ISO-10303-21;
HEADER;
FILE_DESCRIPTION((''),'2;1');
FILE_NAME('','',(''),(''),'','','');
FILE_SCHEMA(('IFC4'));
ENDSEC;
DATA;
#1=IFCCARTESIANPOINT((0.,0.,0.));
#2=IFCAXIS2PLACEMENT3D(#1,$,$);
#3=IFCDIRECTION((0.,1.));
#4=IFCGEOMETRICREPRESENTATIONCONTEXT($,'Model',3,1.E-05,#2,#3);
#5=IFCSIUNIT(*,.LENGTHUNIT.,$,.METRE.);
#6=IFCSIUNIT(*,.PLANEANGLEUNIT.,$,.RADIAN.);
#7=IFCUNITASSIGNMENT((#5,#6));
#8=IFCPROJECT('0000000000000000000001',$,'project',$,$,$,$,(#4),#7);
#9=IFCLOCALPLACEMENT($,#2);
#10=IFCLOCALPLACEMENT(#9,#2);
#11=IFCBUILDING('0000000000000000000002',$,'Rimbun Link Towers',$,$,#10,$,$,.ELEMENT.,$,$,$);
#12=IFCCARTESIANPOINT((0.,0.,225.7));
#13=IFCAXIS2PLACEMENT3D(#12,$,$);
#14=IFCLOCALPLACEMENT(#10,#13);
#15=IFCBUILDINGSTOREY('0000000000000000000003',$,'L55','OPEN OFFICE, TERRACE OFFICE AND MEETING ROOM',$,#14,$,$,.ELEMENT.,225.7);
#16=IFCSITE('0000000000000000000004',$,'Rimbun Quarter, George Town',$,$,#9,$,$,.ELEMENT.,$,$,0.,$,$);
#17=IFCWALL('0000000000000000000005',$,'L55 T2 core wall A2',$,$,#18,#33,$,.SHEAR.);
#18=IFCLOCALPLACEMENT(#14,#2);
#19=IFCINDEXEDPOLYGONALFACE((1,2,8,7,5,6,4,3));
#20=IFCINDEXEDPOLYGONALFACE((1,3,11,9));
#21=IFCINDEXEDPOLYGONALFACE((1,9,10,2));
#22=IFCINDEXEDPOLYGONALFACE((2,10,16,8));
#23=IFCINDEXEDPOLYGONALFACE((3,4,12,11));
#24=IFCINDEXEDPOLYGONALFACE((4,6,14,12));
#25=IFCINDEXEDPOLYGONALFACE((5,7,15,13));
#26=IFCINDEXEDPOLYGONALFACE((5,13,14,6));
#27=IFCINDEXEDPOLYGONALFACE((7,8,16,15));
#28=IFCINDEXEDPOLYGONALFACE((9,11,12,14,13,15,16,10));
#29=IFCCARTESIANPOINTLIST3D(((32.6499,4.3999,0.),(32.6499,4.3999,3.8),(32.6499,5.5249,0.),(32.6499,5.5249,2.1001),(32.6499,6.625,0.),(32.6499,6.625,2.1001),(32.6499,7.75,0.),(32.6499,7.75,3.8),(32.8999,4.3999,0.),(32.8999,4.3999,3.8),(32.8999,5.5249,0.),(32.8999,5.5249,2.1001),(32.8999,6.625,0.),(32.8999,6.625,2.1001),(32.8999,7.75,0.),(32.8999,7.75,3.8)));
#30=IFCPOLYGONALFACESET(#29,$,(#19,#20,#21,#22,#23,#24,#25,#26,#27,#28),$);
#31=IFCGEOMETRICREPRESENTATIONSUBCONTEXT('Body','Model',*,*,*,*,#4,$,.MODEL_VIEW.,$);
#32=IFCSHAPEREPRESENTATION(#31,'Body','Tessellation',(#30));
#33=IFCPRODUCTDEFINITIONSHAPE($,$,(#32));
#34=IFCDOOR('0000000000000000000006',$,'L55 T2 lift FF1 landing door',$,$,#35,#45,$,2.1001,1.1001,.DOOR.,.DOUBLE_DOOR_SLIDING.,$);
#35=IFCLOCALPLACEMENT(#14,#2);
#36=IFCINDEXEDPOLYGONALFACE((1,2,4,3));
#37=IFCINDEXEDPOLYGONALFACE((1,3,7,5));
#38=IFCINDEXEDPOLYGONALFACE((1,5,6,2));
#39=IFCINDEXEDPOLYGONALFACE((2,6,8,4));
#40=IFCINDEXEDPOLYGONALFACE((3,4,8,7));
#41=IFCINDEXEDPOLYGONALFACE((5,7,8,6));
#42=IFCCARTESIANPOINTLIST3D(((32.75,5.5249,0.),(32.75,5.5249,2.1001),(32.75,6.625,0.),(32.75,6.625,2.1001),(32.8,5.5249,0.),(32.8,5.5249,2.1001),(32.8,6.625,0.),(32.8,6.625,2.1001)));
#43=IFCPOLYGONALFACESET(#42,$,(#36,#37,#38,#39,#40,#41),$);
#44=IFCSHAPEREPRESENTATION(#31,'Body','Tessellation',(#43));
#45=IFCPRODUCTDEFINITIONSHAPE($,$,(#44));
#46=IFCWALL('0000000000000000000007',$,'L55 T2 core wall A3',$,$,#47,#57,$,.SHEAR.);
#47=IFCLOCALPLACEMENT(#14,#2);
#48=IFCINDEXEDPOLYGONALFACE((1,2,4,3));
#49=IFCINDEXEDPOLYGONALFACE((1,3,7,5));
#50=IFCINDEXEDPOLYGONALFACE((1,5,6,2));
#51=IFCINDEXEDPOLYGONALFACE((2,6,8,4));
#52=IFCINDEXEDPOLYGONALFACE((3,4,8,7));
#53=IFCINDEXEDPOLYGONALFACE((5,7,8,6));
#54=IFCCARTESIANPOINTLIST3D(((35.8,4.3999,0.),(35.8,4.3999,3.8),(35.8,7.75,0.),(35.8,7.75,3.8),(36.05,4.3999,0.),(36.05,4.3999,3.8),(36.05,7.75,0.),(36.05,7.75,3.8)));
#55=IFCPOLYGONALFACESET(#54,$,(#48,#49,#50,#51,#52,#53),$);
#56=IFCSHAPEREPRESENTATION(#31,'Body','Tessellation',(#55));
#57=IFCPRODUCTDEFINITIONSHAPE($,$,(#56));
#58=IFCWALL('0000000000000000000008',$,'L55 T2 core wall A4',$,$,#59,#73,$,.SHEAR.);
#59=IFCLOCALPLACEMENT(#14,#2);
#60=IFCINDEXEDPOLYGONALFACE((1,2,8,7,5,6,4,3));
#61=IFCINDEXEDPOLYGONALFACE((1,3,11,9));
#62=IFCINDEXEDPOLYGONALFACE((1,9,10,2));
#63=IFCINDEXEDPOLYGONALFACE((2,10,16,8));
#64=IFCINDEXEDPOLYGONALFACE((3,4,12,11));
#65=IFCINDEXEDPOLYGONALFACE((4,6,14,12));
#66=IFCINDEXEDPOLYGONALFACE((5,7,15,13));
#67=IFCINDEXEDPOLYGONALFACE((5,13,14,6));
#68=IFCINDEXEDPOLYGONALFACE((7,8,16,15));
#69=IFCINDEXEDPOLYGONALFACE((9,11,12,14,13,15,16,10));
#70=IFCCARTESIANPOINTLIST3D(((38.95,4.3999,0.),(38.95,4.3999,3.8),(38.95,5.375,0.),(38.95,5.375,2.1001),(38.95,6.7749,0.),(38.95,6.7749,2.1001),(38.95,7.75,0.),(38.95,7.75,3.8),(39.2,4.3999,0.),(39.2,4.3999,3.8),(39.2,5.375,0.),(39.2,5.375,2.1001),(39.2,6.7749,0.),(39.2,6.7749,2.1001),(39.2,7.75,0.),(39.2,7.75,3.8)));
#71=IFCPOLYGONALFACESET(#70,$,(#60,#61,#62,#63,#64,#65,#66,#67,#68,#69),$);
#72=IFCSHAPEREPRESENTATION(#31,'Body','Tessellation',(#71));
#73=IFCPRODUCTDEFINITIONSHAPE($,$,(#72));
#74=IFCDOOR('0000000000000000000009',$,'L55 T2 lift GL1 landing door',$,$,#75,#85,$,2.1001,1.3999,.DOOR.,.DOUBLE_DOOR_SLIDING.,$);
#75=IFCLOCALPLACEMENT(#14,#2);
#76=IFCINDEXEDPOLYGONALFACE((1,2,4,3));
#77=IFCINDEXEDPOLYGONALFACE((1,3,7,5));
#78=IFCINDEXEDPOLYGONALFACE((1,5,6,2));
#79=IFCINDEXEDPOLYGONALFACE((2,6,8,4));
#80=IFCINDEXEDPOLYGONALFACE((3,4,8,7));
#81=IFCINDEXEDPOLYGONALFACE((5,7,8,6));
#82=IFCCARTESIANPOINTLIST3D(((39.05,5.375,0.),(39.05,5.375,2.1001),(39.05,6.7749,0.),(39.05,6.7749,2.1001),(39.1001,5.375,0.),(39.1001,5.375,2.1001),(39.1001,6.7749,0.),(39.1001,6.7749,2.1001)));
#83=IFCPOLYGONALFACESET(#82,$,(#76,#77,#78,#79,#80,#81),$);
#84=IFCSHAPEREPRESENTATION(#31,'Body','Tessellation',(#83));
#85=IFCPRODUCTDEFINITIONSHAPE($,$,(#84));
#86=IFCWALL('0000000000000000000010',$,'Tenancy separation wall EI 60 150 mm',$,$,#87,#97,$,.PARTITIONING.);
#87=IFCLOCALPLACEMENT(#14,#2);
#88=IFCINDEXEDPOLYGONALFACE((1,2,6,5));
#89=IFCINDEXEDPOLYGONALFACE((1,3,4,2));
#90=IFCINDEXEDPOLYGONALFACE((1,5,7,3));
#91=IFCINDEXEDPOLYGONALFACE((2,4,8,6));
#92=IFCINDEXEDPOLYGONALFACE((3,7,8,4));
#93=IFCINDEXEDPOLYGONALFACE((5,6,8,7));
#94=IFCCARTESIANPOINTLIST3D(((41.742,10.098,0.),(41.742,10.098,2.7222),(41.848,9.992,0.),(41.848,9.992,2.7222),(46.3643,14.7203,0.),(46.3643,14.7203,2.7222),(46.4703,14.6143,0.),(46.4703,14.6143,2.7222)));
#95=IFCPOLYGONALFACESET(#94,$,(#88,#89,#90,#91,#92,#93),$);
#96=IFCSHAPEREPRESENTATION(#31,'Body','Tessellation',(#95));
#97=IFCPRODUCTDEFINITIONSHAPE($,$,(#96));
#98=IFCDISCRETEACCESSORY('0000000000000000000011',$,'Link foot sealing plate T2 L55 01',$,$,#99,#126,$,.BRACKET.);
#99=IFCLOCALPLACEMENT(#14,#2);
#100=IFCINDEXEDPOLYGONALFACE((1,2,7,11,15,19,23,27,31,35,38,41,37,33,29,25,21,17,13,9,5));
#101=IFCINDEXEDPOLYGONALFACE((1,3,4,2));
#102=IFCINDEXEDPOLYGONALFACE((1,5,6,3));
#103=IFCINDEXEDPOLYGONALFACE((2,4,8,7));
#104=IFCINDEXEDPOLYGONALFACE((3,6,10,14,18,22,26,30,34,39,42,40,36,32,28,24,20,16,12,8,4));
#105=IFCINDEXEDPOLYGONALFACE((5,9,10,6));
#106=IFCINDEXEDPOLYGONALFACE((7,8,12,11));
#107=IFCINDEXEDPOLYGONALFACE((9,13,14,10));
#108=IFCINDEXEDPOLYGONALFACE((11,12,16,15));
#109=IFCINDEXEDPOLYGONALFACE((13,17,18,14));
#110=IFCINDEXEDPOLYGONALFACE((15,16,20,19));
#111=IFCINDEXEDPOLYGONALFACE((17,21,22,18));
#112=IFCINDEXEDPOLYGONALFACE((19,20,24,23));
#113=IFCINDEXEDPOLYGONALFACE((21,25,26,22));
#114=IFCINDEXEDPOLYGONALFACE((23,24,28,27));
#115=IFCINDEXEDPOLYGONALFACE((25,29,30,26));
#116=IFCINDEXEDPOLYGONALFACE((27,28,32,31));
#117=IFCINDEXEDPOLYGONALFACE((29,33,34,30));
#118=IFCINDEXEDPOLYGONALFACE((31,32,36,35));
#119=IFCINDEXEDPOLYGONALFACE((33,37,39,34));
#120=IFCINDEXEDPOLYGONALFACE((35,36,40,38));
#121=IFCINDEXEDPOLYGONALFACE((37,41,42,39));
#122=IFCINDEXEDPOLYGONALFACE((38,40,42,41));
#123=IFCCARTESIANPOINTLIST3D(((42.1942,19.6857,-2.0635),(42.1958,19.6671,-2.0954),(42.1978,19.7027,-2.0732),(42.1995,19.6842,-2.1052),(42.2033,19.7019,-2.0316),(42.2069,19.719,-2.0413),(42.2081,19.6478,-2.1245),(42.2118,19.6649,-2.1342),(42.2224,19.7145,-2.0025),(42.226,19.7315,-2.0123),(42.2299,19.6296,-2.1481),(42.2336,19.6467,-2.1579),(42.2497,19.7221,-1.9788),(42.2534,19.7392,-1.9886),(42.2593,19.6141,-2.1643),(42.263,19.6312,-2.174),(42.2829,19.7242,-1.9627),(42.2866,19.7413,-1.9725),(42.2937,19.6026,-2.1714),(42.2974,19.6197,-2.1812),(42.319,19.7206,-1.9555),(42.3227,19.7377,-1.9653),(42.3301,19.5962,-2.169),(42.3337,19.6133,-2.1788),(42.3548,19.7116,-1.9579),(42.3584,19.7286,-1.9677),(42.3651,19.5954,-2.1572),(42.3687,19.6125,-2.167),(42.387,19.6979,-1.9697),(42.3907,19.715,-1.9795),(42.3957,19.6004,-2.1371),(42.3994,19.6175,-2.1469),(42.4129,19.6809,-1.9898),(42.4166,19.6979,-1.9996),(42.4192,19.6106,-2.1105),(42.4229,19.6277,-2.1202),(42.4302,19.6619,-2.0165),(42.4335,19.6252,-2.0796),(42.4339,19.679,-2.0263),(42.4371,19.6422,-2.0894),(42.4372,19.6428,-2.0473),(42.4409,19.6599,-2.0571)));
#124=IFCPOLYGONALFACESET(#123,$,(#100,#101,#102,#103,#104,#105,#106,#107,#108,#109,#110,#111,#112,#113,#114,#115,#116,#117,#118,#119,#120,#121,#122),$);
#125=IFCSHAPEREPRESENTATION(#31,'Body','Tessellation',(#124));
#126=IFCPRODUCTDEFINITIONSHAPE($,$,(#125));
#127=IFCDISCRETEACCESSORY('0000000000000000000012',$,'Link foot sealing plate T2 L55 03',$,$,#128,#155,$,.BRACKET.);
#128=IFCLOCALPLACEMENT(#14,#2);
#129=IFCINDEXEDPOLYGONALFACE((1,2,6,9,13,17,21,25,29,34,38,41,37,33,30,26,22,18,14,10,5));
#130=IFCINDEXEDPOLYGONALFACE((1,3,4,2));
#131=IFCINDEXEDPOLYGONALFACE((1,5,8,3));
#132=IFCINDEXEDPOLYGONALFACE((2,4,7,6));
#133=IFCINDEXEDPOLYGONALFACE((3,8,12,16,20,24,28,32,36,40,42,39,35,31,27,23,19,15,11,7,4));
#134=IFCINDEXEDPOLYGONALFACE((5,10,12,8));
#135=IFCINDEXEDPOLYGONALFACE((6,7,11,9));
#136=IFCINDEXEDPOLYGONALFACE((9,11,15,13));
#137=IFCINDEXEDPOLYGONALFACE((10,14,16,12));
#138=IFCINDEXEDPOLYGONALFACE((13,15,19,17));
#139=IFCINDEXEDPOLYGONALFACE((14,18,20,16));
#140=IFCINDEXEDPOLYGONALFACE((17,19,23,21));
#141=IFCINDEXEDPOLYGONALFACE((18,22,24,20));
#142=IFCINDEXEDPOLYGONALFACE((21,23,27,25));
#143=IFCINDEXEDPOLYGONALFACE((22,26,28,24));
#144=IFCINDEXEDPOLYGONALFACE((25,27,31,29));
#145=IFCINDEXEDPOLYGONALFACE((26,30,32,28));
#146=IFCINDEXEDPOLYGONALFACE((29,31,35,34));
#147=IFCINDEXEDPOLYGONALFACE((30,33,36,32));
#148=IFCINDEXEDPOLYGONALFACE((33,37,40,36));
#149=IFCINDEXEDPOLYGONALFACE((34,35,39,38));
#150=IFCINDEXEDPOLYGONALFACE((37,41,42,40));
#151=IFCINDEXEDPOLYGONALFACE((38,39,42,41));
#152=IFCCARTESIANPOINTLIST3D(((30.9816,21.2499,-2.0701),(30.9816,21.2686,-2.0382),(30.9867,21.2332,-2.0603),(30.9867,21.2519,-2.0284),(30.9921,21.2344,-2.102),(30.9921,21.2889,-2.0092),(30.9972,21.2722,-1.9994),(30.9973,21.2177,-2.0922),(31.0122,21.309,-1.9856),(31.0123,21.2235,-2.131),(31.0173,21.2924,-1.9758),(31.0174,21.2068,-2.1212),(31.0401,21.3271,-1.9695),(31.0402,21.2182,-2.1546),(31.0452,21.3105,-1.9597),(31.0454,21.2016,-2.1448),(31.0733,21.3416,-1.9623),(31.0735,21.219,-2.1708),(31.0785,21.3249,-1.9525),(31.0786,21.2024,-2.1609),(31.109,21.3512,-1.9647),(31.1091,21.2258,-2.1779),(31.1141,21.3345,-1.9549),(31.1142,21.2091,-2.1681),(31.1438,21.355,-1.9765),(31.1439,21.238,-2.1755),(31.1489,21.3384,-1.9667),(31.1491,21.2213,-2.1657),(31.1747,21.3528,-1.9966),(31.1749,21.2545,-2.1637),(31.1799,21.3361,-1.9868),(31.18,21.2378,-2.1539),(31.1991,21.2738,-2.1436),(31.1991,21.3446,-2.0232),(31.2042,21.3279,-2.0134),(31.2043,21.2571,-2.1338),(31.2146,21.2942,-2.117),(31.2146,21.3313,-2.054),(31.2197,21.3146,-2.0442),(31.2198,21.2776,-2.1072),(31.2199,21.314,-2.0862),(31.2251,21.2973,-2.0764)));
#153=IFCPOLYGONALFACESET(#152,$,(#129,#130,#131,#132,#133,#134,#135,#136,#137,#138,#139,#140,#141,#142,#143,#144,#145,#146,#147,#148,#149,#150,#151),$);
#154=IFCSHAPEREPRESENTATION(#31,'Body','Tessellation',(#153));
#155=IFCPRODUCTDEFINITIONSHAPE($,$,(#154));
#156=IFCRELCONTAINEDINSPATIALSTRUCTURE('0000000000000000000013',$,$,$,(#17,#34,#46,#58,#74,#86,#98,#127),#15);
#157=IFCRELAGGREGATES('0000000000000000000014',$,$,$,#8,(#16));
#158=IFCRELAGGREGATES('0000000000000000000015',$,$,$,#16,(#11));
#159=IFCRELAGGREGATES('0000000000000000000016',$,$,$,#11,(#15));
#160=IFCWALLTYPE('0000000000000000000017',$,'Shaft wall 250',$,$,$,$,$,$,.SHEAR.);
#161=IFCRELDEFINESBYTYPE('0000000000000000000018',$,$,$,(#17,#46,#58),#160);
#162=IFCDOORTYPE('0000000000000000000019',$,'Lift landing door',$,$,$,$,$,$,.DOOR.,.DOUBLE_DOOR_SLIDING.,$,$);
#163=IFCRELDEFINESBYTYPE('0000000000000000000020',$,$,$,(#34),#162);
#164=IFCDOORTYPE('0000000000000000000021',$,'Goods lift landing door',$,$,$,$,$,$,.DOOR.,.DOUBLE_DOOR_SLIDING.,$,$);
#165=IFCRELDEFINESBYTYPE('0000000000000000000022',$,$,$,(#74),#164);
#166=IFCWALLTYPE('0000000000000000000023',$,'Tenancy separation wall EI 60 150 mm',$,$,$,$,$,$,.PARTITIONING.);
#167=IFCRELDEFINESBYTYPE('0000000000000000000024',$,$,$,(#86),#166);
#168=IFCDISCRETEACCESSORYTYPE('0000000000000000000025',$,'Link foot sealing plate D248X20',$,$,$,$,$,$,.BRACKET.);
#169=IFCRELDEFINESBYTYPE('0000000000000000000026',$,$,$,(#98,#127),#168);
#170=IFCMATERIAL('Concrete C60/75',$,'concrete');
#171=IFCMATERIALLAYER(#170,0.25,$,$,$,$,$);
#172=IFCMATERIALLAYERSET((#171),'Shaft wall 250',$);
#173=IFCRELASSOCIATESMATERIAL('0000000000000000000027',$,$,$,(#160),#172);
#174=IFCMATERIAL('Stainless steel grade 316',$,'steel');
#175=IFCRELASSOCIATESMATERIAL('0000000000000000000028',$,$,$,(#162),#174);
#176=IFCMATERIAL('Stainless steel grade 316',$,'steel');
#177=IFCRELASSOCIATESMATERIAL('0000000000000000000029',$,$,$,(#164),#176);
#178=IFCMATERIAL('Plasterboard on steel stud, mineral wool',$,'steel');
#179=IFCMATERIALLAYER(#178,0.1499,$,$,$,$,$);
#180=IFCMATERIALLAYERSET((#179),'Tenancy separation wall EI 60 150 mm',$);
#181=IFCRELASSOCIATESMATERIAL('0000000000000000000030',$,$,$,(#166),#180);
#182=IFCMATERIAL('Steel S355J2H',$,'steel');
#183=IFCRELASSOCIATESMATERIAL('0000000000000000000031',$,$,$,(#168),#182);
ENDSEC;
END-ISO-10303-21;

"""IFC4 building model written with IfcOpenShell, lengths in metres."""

from ifc_helpers import new_model, si_unit, direction, frame, frame_2d, origin, origin_2d, place, context, subcontext, project, spatial, rectangle, circle, extrude, material, layer, layer_set, material_profile, profile_set, type_object, element, fill, save


model = new_model("IFC4")

# Units and contexts
model_context = context("Model", 3, precision=1e-05, world=origin(), true_north=direction((0.0, 1.0)))
body_context = subcontext(model_context, "Body", "Model", "MODEL_VIEW")
ifc_project = project(units=[si_unit("LENGTHUNIT", "METRE"), si_unit("PLANEANGLEUNIT", "RADIAN")], contexts=[model_context])

# Site, building, storey
site_placement = place(None, origin())
site = spatial("IfcSite", under=ifc_project, at=site_placement, Name="Rimbun Quarter, George Town", CompositionType="ELEMENT", RefElevation=0.0)
building_placement = place(site_placement, origin())
building = spatial("IfcBuilding", under=site, at=building_placement, Name="Rimbun Link Towers", CompositionType="ELEMENT")
storey_placement = place(building_placement, frame((0.0, 0.0, 225.7)))
storey = spatial("IfcBuildingStorey", under=building, at=storey_placement, Name="L55", Description="OPEN OFFICE, TERRACE OFFICE AND MEETING ROOM", CompositionType="ELEMENT", Elevation=225.7)

# Shared definitions
ifc_material_1 = material(Name="Concrete C60/75", Category="concrete")
ifc_layer_1 = layer(ifc_material_1, 0.25)
ifc_layer_set_1 = layer_set([ifc_layer_1], Name="Shaft wall 250")
wall_type_1 = type_object("IfcWallType", Name="Shaft wall 250", PredefinedType="SHEAR", material=ifc_layer_set_1)

# Wall, opening, door
wall_1_placement = place(storey_placement, frame((32.7749, 4.3999, 0.0), z_axis=(0.0, 0.0, 1.0), x_axis=(0.0, 1.0, 0.0)))
wall_1 = element("IfcWall", 1, at=wall_1_placement, inside=storey, type_object=wall_type_1, Name="L55 T2 core wall A2", PredefinedType="SHEAR", context=body_context, shape_type="SweptSolid", body=[
    extrude(rectangle(XDim=3.3501, YDim=0.25, at=frame_2d((1.675, 0.0))), origin(), (0.0, 0.0, 1.0), 3.8),
])
opening_1_placement = place(wall_1_placement, frame((1.125, 0.0, 0.0)))
opening_1 = element("IfcOpeningElement", 2, at=opening_1_placement, cuts=wall_1, PredefinedType="OPENING", context=body_context, shape_type="SweptSolid", body=[
    extrude(rectangle(XDim=1.1001, YDim=2.1001, at=frame_2d((0.55, 1.05))), frame((0.0, 0.135, 0.0), z_axis=(0.0, -1.0, 0.0), x_axis=(1.0, 0.0, 0.0)), (0.0, 0.0, 1.0), 0.27),
])
ifc_material_2 = material(Name="Stainless steel grade 316", Category="steel")
door_type_1 = type_object("IfcDoorType", Name="Lift landing door", OperationType="DOUBLE_DOOR_SLIDING", PredefinedType="DOOR", material=ifc_material_2)
door_1_placement = place(opening_1_placement, origin())
door_1 = element("IfcDoor", 3, at=door_1_placement, inside=storey, type_object=door_type_1, Name="L55 T2 lift FF1 landing door", OperationType="DOUBLE_DOOR_SLIDING", OverallHeight=2.1001, OverallWidth=1.1001, PredefinedType="DOOR", context=body_context, shape_type="SweptSolid", body=[
    extrude(rectangle(XDim=1.1001, YDim=2.1001, at=frame_2d((0.55, 1.05))), frame((0.0, 0.0249, 0.0), z_axis=(0.0, -1.0, 0.0), x_axis=(1.0, 0.0, 0.0)), (0.0, 0.0, 1.0), 0.05),
])
fill(opening_1, door_1)

# Wall
wall_2_placement = place(storey_placement, frame((35.925, 4.3999, 0.0), z_axis=(0.0, 0.0, 1.0), x_axis=(0.0, 1.0, 0.0)))
element("IfcWall", 4, at=wall_2_placement, inside=storey, type_object=wall_type_1, Name="L55 T2 core wall A3", PredefinedType="SHEAR", context=body_context, shape_type="SweptSolid", body=[
    extrude(rectangle(XDim=3.3501, YDim=0.25, at=frame_2d((1.675, 0.0))), origin(), (0.0, 0.0, 1.0), 3.8),
])

# Wall, opening, door
wall_3_placement = place(storey_placement, frame((39.075, 4.3999, 0.0), z_axis=(0.0, 0.0, 1.0), x_axis=(0.0, 1.0, 0.0)))
wall_3 = element("IfcWall", 5, at=wall_3_placement, inside=storey, type_object=wall_type_1, Name="L55 T2 core wall A4", PredefinedType="SHEAR", context=body_context, shape_type="SweptSolid", body=[
    extrude(rectangle(XDim=3.3501, YDim=0.25, at=frame_2d((1.675, 0.0))), origin(), (0.0, 0.0, 1.0), 3.8),
])
opening_2_placement = place(wall_3_placement, frame((0.9751, 0.0, 0.0)))
opening_2 = element("IfcOpeningElement", 6, at=opening_2_placement, cuts=wall_3, PredefinedType="OPENING", context=body_context, shape_type="SweptSolid", body=[
    extrude(rectangle(XDim=1.3999, YDim=2.1001, at=frame_2d((0.7, 1.05))), frame((0.0, 0.135, 0.0), z_axis=(0.0, -1.0, 0.0), x_axis=(1.0, 0.0, 0.0)), (0.0, 0.0, 1.0), 0.27),
])
ifc_material_3 = material(Name="Stainless steel grade 316", Category="steel")
door_type_2 = type_object("IfcDoorType", Name="Goods lift landing door", OperationType="DOUBLE_DOOR_SLIDING", PredefinedType="DOOR", material=ifc_material_3)
door_2_placement = place(opening_2_placement, origin())
door_2 = element("IfcDoor", 7, at=door_2_placement, inside=storey, type_object=door_type_2, Name="L55 T2 lift GL1 landing door", OperationType="DOUBLE_DOOR_SLIDING", OverallHeight=2.1001, OverallWidth=1.3999, PredefinedType="DOOR", context=body_context, shape_type="SweptSolid", body=[
    extrude(rectangle(XDim=1.3999, YDim=2.1001, at=frame_2d((0.7, 1.05))), frame((0.0, 0.0249, 0.0), z_axis=(0.0, -1.0, 0.0), x_axis=(1.0, 0.0, 0.0)), (0.0, 0.0, 1.0), 0.05),
])
fill(opening_2, door_2)

# Wall
ifc_material_4 = material(Name="Plasterboard on steel stud, mineral wool", Category="steel")
ifc_layer_2 = layer(ifc_material_4, 0.1499)
ifc_layer_set_2 = layer_set([ifc_layer_2], Name="Tenancy separation wall EI 60 150 mm")
wall_type_2 = type_object("IfcWallType", Name="Tenancy separation wall EI 60 150 mm", PredefinedType="PARTITIONING", material=ifc_layer_set_2)
wall_4_placement = place(storey_placement, frame((41.7949, 10.0449, 0.0), z_axis=(0.0, 0.0, 1.0), x_axis=(0.707107, 0.707107, 0.0)))
element("IfcWall", 8, at=wall_4_placement, inside=storey, type_object=wall_type_2, Name="Tenancy separation wall EI 60 150 mm", PredefinedType="PARTITIONING", context=body_context, shape_type="SweptSolid", body=[
    extrude(rectangle(XDim=6.5369, YDim=0.1499, at=frame_2d((3.2686, 0.0))), origin(), (0.0, 0.0, 1.0), 2.7222),
])

# Discrete accessories
ifc_material_5 = material(Name="Steel S355J2H", Category="steel")
ifc_material_profile_1 = material_profile(ifc_material_5, circle(Radius=0.124, at=origin_2d()), Name="PL D248")
ifc_profile_set_1 = profile_set([ifc_material_profile_1], Name="Steel S355J2H")
discrete_accessory_type = type_object("IfcDiscreteAccessoryType", Name="Link foot sealing plate D248X20", PredefinedType="BRACKET", material=ifc_profile_set_1)
for number, where, z_axis, x_axis, name in (
    (9, (42.3154, 19.6597, -2.0635), (0.182913, 0.853595, -0.487769), (-0.977802, 0.209529, 0.0), "Link foot sealing plate T2 L55 01"),
    (10, (31.1052, 21.2698, -2.0603), (-0.257229, 0.832931, -0.489959), (-0.955475, -0.295073, 0.0), "Link foot sealing plate T2 L55 03"),
):
    element("IfcDiscreteAccessory", number, at=place(storey_placement, frame(where, z_axis=z_axis, x_axis=x_axis)), inside=storey, type_object=discrete_accessory_type, Name=name, PredefinedType="BRACKET", context=body_context, shape_type="SweptSolid", body=[
        extrude(circle(Radius=0.124, at=origin_2d()), origin(), (0.0, 0.0, 1.0), 0.02),
    ])

save(model, "model.ifc")
